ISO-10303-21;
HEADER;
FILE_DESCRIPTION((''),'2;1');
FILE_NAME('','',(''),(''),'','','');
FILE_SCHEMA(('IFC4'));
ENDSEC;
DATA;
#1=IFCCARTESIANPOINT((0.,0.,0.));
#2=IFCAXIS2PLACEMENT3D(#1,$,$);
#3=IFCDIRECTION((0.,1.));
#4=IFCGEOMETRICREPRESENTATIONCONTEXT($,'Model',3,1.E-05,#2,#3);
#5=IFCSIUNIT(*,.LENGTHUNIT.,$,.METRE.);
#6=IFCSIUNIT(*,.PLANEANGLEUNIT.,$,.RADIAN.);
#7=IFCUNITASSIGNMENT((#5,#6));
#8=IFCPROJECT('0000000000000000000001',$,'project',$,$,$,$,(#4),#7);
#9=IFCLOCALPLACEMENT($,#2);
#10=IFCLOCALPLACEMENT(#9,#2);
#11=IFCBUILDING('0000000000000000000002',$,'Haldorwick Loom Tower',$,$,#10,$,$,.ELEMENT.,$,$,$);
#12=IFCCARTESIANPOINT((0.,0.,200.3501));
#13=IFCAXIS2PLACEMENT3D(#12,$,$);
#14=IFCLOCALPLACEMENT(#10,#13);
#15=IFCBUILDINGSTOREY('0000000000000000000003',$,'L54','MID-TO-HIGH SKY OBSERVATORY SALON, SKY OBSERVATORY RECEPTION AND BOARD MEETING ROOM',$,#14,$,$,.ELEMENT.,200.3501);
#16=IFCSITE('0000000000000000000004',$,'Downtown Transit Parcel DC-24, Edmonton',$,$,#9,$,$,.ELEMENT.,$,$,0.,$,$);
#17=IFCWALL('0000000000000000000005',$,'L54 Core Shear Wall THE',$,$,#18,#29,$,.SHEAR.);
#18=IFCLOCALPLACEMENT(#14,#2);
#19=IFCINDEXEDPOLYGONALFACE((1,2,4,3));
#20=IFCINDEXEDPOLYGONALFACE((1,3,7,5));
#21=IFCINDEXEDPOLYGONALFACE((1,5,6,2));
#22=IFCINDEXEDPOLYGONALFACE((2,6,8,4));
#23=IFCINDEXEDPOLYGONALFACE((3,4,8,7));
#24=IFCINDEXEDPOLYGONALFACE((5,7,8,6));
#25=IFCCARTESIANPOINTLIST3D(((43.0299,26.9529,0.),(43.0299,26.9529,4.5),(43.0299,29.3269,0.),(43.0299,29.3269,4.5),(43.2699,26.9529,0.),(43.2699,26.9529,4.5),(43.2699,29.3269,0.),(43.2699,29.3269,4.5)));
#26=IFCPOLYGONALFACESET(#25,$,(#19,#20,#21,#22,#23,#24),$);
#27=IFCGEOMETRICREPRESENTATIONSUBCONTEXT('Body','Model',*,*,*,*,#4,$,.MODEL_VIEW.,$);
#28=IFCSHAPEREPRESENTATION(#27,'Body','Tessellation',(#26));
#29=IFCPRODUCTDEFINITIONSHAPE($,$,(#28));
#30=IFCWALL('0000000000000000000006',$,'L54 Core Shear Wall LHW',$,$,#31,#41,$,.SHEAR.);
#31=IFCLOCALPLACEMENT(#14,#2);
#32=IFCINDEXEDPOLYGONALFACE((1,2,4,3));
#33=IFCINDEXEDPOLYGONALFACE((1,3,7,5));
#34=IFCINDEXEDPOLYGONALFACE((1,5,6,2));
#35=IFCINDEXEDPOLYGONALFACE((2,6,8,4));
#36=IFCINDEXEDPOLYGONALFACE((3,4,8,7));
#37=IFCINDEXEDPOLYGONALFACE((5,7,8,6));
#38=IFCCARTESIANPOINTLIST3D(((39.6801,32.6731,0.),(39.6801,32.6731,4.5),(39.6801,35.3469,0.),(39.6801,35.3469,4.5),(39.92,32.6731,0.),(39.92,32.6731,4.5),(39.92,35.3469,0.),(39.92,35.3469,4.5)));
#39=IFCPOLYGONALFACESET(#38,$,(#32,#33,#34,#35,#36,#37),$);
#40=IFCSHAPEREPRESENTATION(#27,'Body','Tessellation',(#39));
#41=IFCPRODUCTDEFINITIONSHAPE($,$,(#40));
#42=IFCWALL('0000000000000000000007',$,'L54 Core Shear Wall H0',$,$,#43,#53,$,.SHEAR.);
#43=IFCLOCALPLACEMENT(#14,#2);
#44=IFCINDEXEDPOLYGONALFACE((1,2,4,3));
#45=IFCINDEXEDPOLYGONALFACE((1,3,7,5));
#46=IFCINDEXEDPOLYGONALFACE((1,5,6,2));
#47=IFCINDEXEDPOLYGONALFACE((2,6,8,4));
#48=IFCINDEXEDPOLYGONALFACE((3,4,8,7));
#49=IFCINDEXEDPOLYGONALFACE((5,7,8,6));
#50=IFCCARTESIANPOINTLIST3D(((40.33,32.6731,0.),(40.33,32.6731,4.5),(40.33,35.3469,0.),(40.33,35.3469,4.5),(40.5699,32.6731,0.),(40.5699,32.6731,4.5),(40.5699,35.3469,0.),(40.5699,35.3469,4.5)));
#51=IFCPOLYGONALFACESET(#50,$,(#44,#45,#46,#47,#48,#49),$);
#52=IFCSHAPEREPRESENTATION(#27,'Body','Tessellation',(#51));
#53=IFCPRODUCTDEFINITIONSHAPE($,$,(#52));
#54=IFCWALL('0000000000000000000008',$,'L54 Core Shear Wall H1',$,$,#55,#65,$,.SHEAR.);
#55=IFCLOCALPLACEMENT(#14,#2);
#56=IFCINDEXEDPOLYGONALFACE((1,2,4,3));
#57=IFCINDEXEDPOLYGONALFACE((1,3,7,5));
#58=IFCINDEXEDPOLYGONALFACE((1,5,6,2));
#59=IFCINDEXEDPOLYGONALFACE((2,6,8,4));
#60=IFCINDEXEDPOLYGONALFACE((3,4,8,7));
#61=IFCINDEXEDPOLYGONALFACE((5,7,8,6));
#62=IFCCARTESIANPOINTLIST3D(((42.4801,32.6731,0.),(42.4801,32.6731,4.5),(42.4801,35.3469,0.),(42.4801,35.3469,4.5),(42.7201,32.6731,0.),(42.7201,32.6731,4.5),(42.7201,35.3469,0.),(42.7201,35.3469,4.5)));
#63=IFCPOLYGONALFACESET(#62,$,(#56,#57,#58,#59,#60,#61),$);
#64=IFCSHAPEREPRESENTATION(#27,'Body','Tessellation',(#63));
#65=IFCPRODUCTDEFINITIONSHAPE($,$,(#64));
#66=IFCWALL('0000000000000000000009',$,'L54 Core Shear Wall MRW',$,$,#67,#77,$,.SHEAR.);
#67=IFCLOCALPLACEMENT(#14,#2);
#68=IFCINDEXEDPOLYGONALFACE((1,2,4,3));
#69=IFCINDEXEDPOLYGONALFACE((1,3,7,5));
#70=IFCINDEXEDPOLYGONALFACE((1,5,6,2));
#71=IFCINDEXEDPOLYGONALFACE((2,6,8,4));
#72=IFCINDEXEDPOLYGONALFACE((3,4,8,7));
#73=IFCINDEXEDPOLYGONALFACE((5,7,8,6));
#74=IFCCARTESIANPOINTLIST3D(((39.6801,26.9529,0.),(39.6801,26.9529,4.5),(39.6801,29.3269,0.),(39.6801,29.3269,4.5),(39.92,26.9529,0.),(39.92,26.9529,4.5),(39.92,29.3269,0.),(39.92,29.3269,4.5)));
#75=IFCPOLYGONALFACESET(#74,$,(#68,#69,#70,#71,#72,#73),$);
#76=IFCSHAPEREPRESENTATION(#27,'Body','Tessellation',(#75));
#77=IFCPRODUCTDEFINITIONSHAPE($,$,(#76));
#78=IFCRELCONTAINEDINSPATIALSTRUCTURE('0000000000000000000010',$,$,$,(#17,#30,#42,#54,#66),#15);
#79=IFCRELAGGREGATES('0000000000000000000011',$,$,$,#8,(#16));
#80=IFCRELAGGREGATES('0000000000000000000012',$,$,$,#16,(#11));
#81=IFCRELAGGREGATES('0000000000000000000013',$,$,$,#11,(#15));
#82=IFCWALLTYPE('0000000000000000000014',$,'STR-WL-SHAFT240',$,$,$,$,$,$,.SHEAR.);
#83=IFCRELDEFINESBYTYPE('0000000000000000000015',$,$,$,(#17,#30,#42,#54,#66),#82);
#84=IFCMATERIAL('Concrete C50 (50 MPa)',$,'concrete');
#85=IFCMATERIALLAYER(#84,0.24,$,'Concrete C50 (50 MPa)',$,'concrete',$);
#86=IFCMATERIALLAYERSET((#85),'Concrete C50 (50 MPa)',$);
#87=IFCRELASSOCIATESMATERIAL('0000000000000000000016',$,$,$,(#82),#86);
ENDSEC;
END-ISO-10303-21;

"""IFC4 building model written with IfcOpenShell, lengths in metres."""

from ifc_helpers import new_model, si_unit, direction, frame, frame_2d, origin, place, context, subcontext, project, spatial, rectangle, extrude, material, layer, layer_set, type_object, element, save


model = new_model("IFC4")

# Units and contexts
model_context = context("Model", 3, precision=1e-05, world=origin(), true_north=direction((0.0, 1.0)))
body_context = subcontext(model_context, "Body", "Model", "MODEL_VIEW")
ifc_project = project(units=[si_unit("LENGTHUNIT", "METRE"), si_unit("PLANEANGLEUNIT", "RADIAN")], contexts=[model_context])

# Site, building, storey
site_placement = place(None, origin())
site = spatial("IfcSite", under=ifc_project, at=site_placement, Name="Downtown Transit Parcel DC-24, Edmonton", CompositionType="ELEMENT", RefElevation=0.0)
building_placement = place(site_placement, origin())
building = spatial("IfcBuilding", under=site, at=building_placement, Name="Haldorwick Loom Tower", CompositionType="ELEMENT")
storey_placement = place(building_placement, frame((0.0, 0.0, 200.3501)))
storey = spatial("IfcBuildingStorey", under=building, at=storey_placement, Name="L54", Description="MID-TO-HIGH SKY OBSERVATORY SALON, SKY OBSERVATORY RECEPTION AND BOARD MEETING ROOM", CompositionType="ELEMENT", Elevation=200.3501)

# Shared definitions
ifc_material_1 = material(Name="Concrete C50 (50 MPa)", Category="concrete")

# Shared definitions
ifc_layer_1 = layer(ifc_material_1, 0.24, Name="Concrete C50 (50 MPa)", Category="concrete")
ifc_layer_set_1 = layer_set([ifc_layer_1], Name="Concrete C50 (50 MPa)")
wall_type_1 = type_object("IfcWallType", Name="STR-WL-SHAFT240", PredefinedType="SHEAR", material=ifc_layer_set_1)

# Walls
for number, where, z_axis, x_axis, name in (
    (1, (43.1499, 26.9529, 0.0), (0.0, 0.0, 1.0), (0.0, 1.0, 0.0), "L54 Core Shear Wall THE"),
):
    element("IfcWall", number, at=place(storey_placement, frame(where, z_axis=z_axis, x_axis=x_axis)), inside=storey, type_object=wall_type_1, Name=name, PredefinedType="SHEAR", context=body_context, shape_type="SweptSolid", body=[
        extrude(rectangle(XDim=2.374, YDim=0.24, at=frame_2d((1.187, 0.0))), origin(), (0.0, 0.0, 1.0), 4.5),
    ])
for number, where, z_axis, x_axis, name in (
    (2, (39.8, 32.6731, 0.0), (0.0, 0.0, 1.0), (0.0, 1.0, 0.0), "L54 Core Shear Wall LHW"),
    (3, (40.45, 32.6731, 0.0), (0.0, 0.0, 1.0), (0.0, 1.0, 0.0), "L54 Core Shear Wall H0"),
    (4, (42.6001, 32.6731, 0.0), (0.0, 0.0, 1.0), (0.0, 1.0, 0.0), "L54 Core Shear Wall H1"),
):
    element("IfcWall", number, at=place(storey_placement, frame(where, z_axis=z_axis, x_axis=x_axis)), inside=storey, type_object=wall_type_1, Name=name, PredefinedType="SHEAR", context=body_context, shape_type="SweptSolid", body=[
        extrude(rectangle(XDim=2.6738, YDim=0.24, at=frame_2d((1.3369, 0.0))), origin(), (0.0, 0.0, 1.0), 4.5),
    ])
wall_1_placement = place(storey_placement, frame((39.8, 26.9529, 0.0), z_axis=(0.0, 0.0, 1.0), x_axis=(0.0, 1.0, 0.0)))
element("IfcWall", 5, at=wall_1_placement, inside=storey, type_object=wall_type_1, Name="L54 Core Shear Wall MRW", PredefinedType="SHEAR", context=body_context, shape_type="SweptSolid", body=[
    extrude(rectangle(XDim=2.374, YDim=0.24, at=frame_2d((1.187, 0.0))), origin(), (0.0, 0.0, 1.0), 4.5),
])

save(model, "model.ifc")
